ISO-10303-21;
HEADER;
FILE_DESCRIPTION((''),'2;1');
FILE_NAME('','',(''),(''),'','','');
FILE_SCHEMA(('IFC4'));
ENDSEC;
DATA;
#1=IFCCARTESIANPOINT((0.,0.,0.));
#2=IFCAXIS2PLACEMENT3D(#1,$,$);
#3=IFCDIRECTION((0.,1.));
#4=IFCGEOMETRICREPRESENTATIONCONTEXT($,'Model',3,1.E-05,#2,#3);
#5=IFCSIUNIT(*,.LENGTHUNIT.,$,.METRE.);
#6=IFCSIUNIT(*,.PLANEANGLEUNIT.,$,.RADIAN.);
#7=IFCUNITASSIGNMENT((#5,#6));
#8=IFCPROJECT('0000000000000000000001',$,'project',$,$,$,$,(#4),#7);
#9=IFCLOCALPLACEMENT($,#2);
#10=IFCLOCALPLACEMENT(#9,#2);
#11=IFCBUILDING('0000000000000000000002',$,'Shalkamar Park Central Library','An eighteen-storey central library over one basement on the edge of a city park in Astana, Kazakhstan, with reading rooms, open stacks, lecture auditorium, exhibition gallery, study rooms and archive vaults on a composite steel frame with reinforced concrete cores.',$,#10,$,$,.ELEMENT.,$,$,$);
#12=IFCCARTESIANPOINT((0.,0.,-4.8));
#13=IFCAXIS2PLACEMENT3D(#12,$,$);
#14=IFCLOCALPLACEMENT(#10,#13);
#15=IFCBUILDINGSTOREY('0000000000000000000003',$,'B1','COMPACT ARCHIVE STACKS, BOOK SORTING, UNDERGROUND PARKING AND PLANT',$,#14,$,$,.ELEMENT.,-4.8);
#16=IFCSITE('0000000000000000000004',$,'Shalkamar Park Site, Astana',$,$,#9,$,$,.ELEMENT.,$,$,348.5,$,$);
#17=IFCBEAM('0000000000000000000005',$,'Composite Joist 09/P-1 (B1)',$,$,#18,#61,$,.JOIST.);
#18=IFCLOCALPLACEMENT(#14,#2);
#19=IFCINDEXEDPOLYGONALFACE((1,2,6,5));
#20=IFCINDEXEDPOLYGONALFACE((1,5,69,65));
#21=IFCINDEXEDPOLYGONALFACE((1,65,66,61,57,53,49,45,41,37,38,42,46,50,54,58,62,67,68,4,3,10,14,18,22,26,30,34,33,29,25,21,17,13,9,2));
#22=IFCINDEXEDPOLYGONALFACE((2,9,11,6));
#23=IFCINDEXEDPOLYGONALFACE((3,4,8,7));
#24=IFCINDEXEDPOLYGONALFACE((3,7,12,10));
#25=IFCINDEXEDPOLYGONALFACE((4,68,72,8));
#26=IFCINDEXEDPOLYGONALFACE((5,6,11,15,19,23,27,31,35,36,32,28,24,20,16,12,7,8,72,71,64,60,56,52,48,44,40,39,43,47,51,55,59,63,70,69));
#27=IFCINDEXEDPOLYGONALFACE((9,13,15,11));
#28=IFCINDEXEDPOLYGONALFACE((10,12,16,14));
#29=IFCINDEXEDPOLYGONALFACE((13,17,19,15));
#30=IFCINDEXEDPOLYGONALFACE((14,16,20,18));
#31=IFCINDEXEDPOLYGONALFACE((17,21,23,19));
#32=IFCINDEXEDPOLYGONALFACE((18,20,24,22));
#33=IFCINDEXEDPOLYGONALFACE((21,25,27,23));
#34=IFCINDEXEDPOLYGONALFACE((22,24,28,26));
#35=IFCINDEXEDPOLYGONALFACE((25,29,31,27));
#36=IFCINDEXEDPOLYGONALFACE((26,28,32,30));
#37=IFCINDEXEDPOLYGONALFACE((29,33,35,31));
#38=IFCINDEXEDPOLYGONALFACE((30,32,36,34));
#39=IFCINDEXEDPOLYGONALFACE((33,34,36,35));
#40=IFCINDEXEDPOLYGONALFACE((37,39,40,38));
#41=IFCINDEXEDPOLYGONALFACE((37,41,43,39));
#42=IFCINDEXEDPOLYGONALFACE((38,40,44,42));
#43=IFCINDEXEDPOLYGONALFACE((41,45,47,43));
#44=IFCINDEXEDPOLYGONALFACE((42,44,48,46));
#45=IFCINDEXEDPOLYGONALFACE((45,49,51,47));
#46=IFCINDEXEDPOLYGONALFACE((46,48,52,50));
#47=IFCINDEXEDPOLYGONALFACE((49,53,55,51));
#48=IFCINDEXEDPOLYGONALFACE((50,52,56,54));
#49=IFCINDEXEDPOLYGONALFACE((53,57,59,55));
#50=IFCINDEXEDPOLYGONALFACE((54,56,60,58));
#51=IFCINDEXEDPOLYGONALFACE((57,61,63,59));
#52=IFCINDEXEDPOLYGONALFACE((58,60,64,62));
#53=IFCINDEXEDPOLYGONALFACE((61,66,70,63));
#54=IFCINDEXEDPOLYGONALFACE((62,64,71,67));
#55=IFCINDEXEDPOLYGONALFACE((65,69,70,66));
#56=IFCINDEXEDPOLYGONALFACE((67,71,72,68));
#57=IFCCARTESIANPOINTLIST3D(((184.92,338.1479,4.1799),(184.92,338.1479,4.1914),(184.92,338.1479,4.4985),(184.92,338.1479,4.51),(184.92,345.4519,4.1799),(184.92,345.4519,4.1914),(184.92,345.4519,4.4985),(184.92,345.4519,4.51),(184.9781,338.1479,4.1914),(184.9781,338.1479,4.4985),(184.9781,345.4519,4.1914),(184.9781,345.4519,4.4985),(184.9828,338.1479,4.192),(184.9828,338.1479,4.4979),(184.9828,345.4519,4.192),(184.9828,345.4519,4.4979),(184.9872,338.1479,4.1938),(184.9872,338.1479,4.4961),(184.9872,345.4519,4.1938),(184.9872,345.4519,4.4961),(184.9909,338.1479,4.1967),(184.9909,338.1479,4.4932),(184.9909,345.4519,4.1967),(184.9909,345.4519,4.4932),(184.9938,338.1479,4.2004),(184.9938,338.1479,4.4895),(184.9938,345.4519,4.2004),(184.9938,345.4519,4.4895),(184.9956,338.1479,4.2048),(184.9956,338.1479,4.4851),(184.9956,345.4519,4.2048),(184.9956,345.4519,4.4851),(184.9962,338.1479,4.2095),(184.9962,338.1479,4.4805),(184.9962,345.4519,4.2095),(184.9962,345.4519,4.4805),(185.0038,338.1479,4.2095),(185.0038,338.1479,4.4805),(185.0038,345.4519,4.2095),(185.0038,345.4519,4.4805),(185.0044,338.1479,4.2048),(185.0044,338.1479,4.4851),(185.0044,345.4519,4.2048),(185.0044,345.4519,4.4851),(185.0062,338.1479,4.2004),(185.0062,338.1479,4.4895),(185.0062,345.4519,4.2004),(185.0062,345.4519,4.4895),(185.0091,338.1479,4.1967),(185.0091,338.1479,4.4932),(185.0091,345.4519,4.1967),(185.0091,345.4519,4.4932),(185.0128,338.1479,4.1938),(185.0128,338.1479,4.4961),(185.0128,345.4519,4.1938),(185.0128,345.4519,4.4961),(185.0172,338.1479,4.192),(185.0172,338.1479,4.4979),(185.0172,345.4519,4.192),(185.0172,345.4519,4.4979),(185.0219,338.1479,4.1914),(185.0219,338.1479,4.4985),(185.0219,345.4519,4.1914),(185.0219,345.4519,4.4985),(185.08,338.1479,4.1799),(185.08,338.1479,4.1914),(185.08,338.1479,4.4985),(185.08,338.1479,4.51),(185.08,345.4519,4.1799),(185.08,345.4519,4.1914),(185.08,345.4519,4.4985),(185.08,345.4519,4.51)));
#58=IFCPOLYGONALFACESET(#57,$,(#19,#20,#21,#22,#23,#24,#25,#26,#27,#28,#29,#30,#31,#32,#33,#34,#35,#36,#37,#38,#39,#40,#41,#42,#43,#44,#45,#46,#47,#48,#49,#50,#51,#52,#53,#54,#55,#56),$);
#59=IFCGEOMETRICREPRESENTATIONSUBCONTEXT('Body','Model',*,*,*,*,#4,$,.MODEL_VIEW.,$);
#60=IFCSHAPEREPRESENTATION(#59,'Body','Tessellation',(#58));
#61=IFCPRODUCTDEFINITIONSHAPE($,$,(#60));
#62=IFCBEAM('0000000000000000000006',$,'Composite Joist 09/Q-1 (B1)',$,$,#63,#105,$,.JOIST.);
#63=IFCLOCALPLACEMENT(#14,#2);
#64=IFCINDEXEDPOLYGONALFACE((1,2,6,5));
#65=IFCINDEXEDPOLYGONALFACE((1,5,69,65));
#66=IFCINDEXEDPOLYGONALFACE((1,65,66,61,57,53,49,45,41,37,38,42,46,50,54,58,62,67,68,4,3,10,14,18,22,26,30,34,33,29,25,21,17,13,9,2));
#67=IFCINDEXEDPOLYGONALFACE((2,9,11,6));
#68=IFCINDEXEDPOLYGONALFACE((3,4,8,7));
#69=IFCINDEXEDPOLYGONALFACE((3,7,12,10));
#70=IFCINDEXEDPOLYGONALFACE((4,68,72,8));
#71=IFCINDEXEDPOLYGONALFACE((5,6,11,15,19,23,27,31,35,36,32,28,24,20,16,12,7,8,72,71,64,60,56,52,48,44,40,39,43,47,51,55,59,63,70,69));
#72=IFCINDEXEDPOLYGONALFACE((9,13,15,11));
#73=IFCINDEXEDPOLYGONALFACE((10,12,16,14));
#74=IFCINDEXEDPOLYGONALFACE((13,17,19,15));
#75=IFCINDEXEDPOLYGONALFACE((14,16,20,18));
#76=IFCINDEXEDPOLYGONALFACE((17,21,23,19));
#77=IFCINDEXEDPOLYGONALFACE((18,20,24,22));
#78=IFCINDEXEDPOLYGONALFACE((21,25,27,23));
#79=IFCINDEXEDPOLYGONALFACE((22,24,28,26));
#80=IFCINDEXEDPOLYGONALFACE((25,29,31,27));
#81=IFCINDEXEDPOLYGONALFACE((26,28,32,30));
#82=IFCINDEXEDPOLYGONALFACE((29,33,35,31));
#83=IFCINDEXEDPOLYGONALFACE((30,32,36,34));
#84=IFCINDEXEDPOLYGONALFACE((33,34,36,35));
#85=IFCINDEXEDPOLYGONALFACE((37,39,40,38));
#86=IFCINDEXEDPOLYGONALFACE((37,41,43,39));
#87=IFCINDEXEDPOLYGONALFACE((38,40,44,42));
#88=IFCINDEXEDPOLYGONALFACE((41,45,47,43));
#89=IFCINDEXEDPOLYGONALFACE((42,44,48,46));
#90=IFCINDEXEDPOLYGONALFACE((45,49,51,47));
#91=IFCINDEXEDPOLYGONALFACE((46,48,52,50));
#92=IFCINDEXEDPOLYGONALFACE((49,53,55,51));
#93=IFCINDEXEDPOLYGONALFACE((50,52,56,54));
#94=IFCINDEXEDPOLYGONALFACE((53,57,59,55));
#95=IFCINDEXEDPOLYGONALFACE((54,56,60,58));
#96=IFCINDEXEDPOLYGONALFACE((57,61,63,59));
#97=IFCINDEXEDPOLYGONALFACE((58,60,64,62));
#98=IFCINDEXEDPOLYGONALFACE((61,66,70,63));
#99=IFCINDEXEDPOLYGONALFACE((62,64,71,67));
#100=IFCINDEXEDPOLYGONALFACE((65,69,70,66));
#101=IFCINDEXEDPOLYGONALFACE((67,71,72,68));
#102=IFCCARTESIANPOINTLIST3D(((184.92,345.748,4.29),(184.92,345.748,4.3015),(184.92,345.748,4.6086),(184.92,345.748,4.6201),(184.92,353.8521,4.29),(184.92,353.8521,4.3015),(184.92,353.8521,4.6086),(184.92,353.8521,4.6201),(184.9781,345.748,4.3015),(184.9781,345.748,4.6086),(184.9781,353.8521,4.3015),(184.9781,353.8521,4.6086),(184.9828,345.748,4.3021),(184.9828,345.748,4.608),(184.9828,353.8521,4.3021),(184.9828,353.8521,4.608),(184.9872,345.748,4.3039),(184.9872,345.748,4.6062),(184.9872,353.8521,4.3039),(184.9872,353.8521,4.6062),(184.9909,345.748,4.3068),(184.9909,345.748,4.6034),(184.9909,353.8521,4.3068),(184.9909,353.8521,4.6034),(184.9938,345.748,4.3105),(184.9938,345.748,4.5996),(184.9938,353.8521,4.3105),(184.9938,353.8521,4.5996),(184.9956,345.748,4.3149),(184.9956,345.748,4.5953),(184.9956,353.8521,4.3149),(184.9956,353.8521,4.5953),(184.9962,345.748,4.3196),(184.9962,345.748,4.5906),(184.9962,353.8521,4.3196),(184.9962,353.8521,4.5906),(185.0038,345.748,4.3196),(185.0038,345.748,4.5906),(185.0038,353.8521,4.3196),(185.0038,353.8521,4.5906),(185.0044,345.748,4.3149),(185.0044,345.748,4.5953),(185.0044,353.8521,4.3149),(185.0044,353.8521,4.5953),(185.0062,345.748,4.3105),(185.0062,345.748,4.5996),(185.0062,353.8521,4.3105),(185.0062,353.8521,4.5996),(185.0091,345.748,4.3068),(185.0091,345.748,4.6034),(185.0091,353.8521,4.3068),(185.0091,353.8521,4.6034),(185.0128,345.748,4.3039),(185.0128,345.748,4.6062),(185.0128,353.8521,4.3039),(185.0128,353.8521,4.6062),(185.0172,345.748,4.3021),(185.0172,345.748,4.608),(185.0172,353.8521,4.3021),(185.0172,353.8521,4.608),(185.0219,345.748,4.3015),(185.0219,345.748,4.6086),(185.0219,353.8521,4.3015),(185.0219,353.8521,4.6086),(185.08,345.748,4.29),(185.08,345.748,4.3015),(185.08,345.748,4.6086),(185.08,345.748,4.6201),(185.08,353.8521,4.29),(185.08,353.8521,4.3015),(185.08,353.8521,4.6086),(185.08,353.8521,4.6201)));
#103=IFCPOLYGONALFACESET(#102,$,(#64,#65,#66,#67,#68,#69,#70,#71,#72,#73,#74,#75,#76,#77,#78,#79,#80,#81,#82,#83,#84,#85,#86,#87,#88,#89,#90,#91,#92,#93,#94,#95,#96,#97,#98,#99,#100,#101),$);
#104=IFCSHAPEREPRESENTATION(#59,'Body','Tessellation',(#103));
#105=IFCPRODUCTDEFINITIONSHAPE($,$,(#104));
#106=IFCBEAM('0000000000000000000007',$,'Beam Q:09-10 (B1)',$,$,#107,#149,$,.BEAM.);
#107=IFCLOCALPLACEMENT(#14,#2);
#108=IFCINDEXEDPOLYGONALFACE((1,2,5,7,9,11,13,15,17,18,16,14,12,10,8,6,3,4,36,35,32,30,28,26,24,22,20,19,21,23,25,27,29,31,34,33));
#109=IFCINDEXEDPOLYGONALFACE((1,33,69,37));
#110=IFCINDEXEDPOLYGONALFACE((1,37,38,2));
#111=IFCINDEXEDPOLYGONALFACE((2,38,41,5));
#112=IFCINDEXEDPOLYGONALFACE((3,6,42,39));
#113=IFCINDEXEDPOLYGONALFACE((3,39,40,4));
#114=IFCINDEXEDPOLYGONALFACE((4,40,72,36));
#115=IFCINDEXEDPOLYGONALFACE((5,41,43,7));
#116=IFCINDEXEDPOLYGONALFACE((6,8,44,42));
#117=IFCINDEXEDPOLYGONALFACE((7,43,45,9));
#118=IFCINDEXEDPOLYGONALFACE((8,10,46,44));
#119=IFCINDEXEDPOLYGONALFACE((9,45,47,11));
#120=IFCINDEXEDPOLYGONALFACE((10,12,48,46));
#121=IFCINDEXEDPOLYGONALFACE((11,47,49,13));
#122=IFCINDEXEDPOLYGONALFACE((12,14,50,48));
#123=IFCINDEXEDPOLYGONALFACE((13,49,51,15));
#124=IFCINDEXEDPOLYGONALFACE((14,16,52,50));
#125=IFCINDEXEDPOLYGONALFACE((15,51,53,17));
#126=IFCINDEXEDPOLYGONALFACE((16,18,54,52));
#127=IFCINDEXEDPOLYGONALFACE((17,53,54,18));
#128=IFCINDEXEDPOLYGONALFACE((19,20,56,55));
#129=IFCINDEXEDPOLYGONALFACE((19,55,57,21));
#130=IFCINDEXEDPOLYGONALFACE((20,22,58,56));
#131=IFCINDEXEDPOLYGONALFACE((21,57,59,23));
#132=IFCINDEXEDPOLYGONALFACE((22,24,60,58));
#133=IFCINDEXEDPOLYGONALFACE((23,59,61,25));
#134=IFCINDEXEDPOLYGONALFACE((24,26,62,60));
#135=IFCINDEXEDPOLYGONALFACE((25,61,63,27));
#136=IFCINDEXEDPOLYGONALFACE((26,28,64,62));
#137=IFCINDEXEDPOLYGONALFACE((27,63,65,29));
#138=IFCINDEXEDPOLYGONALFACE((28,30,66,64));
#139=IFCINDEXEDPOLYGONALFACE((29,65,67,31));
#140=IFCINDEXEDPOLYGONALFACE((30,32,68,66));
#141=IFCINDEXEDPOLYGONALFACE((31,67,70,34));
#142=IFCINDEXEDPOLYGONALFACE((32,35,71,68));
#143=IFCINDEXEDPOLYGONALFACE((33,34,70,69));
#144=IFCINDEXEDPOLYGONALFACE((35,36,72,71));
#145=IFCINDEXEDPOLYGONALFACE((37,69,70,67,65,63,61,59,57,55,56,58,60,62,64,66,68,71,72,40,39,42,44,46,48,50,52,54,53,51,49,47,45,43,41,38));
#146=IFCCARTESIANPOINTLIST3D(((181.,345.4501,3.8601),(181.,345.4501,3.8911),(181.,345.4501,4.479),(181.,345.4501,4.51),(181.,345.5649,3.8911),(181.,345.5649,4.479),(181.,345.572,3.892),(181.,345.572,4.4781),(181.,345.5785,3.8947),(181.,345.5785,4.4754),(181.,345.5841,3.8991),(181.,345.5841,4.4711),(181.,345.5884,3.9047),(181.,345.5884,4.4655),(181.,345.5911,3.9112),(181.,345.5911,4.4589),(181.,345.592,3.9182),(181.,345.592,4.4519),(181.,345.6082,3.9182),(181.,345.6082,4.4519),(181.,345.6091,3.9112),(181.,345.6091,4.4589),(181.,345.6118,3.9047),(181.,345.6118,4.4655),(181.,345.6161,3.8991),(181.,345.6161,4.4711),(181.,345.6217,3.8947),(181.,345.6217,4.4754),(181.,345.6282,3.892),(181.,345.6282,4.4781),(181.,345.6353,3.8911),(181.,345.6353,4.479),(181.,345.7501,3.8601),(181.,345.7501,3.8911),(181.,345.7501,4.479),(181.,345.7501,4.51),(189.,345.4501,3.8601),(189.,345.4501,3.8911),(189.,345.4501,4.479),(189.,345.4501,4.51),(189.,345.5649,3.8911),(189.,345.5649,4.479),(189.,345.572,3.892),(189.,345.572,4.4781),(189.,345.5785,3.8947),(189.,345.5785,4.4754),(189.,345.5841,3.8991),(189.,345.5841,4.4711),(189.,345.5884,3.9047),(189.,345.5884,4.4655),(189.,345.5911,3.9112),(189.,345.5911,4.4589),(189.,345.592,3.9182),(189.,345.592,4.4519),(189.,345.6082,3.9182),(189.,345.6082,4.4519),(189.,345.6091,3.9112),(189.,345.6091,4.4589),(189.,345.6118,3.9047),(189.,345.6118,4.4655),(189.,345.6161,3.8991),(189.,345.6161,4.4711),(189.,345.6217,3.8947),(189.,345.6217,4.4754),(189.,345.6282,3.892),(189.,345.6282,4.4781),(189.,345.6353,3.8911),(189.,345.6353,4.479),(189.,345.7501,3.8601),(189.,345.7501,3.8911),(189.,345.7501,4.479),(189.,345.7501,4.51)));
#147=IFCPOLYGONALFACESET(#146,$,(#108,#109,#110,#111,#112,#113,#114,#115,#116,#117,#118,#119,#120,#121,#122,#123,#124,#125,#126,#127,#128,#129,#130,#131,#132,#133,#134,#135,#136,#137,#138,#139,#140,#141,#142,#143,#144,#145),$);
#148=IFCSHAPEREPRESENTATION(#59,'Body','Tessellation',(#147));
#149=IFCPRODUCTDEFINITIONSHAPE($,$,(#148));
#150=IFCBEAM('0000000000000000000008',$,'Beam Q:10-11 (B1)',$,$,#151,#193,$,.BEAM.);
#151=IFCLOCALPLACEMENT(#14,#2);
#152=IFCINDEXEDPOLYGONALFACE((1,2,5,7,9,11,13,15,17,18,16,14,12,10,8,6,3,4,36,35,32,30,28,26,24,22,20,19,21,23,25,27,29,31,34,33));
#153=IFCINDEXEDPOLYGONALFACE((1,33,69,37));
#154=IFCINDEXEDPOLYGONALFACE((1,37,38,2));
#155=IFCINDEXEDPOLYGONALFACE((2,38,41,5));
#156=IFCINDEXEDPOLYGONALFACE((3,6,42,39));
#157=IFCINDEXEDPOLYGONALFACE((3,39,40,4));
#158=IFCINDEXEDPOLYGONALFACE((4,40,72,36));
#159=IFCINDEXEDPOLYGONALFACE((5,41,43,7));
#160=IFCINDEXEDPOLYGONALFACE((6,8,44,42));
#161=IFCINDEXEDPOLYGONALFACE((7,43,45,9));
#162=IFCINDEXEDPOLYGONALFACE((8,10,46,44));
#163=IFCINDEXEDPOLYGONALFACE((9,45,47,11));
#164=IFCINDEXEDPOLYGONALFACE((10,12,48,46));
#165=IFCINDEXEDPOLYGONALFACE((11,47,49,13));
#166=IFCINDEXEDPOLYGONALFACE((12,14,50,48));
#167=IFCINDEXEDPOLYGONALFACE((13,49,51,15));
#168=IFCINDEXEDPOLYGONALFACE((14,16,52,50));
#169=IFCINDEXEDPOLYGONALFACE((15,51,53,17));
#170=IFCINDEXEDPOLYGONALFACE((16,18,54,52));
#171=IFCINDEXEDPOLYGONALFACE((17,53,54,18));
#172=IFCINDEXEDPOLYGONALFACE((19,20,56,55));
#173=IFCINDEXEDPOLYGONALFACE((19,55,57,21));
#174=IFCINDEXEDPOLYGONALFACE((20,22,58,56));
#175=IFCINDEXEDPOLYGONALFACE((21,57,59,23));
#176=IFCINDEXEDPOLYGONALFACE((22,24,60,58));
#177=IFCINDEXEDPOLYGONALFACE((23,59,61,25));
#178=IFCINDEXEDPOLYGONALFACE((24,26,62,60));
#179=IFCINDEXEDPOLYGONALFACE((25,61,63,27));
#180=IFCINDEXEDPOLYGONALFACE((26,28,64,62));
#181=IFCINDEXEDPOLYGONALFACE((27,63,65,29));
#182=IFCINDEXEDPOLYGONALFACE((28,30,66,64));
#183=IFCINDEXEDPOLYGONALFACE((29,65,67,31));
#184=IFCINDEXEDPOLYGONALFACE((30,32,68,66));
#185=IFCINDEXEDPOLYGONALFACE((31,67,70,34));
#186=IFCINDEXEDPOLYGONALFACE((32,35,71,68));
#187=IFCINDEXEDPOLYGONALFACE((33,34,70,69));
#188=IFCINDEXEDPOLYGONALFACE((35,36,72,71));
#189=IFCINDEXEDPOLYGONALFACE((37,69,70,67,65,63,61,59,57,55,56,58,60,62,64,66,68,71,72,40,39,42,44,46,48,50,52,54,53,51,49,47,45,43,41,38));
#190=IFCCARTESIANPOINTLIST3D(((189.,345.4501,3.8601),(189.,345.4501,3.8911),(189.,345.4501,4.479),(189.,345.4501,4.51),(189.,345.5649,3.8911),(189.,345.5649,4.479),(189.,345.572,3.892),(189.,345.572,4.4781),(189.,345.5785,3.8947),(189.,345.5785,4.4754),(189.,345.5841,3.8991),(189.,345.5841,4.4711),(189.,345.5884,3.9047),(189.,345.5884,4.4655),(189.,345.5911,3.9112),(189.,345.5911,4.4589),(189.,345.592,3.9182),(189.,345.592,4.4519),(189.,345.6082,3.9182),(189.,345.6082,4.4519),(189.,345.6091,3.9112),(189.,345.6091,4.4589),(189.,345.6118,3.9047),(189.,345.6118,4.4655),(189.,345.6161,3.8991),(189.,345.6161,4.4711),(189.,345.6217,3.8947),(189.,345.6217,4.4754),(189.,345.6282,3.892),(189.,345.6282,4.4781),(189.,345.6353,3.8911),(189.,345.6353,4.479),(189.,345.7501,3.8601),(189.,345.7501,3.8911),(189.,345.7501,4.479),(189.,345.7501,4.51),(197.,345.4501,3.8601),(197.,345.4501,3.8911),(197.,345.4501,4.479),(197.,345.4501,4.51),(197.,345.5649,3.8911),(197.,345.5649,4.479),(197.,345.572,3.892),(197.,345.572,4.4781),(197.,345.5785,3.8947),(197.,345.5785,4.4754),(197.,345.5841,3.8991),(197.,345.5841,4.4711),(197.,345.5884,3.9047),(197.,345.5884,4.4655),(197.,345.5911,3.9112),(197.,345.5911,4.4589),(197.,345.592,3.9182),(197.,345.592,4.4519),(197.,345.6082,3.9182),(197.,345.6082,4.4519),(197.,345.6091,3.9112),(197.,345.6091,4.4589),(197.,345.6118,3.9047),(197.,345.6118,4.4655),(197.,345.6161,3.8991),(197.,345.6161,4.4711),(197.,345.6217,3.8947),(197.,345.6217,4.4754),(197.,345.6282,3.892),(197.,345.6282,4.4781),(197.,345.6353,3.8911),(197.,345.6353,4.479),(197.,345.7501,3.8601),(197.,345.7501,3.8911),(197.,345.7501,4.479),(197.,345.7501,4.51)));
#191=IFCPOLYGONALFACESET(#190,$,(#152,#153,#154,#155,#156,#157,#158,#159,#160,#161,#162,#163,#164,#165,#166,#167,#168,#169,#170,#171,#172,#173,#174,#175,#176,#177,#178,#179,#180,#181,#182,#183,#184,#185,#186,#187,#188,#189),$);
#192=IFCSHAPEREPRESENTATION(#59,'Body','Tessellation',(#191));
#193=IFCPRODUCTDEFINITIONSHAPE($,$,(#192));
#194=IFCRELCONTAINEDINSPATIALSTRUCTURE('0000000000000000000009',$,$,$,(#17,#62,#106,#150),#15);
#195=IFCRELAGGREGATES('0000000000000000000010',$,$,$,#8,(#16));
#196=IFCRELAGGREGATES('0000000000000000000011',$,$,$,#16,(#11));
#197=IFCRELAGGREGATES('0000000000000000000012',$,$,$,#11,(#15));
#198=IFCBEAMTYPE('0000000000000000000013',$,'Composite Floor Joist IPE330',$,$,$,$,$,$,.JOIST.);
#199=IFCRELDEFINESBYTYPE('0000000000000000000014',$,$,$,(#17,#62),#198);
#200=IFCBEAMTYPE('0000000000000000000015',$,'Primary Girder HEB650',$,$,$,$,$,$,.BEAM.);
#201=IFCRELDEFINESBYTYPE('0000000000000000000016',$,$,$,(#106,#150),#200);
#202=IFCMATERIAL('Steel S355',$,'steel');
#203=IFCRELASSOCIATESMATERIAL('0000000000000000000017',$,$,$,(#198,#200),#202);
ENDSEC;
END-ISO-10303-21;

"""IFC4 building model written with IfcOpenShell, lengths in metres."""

from ifc_helpers import new_model, si_unit, direction, frame, origin, origin_2d, place, context, subcontext, project, spatial, i_section, extrude, material, material_profile, profile_set, type_object, element, save


model = new_model("IFC4")

# Units and contexts
model_context = context("Model", 3, precision=1e-05, world=origin(), true_north=direction((0.0, 1.0)))
body_context = subcontext(model_context, "Body", "Model", "MODEL_VIEW")
ifc_project = project(units=[si_unit("LENGTHUNIT", "METRE"), si_unit("PLANEANGLEUNIT", "RADIAN")], contexts=[model_context])

# Site, building, storey
site_placement = place(None, origin())
site = spatial("IfcSite", under=ifc_project, at=site_placement, Name="Shalkamar Park Site, Astana", CompositionType="ELEMENT", RefElevation=348.5)
building_placement = place(site_placement, origin())
building = spatial("IfcBuilding", under=site, at=building_placement, Name="Shalkamar Park Central Library", Description="An eighteen-storey central library over one basement on the edge of a city park in Astana, Kazakhstan, with reading rooms, open stacks, lecture auditorium, exhibition gallery, study rooms and archive vaults on a composite steel frame with reinforced concrete cores.", CompositionType="ELEMENT")
storey_placement = place(building_placement, frame((0.0, 0.0, -4.8)))
storey = spatial("IfcBuildingStorey", under=building, at=storey_placement, Name="B1", Description="COMPACT ARCHIVE STACKS, BOOK SORTING, UNDERGROUND PARKING AND PLANT", CompositionType="ELEMENT", Elevation=-4.8)

# Shared definitions
ifc_material_1 = material(Name="Steel S355", Category="steel")

# Beams
ifc_material_profile_1 = material_profile(ifc_material_1, i_section(OverallWidth=0.1599, OverallDepth=0.3301, WebThickness=0.0076, FlangeThickness=0.0115, FilletRadius=0.0181, at=origin_2d()), Name="IPE 330")
ifc_profile_set_1 = profile_set([ifc_material_profile_1], Name="Steel S355")
beam_type_1 = type_object("IfcBeamType", Name="Composite Floor Joist IPE330", PredefinedType="JOIST", material=ifc_profile_set_1)
beam_1_placement = place(storey_placement, frame((185.0, 338.1479, 4.345), z_axis=(0.0, 1.0, 0.0), x_axis=(-1.0, 0.0, 0.0)))
element("IfcBeam", 1, at=beam_1_placement, inside=storey, type_object=beam_type_1, Name="Composite Joist 09/P-1 (B1)", PredefinedType="JOIST", context=body_context, shape_type="SweptSolid", body=[
    extrude(i_section(OverallWidth=0.1599, OverallDepth=0.3301, WebThickness=0.0076, FlangeThickness=0.0115, FilletRadius=0.0181, at=origin_2d()), origin(), (0.0, 0.0, 1.0), 7.304),
])
beam_2_placement = place(storey_placement, frame((185.0, 345.748, 4.4551), z_axis=(0.0, 1.0, 0.0), x_axis=(-1.0, 0.0, 0.0)))
element("IfcBeam", 2, at=beam_2_placement, inside=storey, type_object=beam_type_1, Name="Composite Joist 09/Q-1 (B1)", PredefinedType="JOIST", context=body_context, shape_type="SweptSolid", body=[
    extrude(i_section(OverallWidth=0.1599, OverallDepth=0.3301, WebThickness=0.0076, FlangeThickness=0.0115, FilletRadius=0.0181, at=origin_2d()), origin(), (0.0, 0.0, 1.0), 8.104),
])
ifc_material_profile_2 = material_profile(ifc_material_1, i_section(OverallWidth=0.3, OverallDepth=0.6499, WebThickness=0.0161, FlangeThickness=0.031, FilletRadius=0.0271, at=origin_2d()), Name="HEB 650")
ifc_profile_set_2 = profile_set([ifc_material_profile_2], Name="Steel S355")
beam_type_2 = type_object("IfcBeamType", Name="Primary Girder HEB650", PredefinedType="BEAM", material=ifc_profile_set_2)
for number, where, z_axis, x_axis, name in (
    (3, (181.0, 345.6001, 4.1851), (1.0, 0.0, 0.0), (0.0, 1.0, 0.0), "Beam Q:09-10 (B1)"),
    (4, (189.0, 345.6001, 4.1851), (1.0, 0.0, 0.0), (0.0, 1.0, 0.0), "Beam Q:10-11 (B1)"),
):
    element("IfcBeam", number, at=place(storey_placement, frame(where, z_axis=z_axis, x_axis=x_axis)), inside=storey, type_object=beam_type_2, Name=name, PredefinedType="BEAM", context=body_context, shape_type="SweptSolid", body=[
        extrude(i_section(OverallWidth=0.3, OverallDepth=0.6499, WebThickness=0.0161, FlangeThickness=0.031, FilletRadius=0.0271, at=origin_2d()), origin(), (0.0, 0.0, 1.0), 8.0),
    ])

save(model, "model.ifc")
